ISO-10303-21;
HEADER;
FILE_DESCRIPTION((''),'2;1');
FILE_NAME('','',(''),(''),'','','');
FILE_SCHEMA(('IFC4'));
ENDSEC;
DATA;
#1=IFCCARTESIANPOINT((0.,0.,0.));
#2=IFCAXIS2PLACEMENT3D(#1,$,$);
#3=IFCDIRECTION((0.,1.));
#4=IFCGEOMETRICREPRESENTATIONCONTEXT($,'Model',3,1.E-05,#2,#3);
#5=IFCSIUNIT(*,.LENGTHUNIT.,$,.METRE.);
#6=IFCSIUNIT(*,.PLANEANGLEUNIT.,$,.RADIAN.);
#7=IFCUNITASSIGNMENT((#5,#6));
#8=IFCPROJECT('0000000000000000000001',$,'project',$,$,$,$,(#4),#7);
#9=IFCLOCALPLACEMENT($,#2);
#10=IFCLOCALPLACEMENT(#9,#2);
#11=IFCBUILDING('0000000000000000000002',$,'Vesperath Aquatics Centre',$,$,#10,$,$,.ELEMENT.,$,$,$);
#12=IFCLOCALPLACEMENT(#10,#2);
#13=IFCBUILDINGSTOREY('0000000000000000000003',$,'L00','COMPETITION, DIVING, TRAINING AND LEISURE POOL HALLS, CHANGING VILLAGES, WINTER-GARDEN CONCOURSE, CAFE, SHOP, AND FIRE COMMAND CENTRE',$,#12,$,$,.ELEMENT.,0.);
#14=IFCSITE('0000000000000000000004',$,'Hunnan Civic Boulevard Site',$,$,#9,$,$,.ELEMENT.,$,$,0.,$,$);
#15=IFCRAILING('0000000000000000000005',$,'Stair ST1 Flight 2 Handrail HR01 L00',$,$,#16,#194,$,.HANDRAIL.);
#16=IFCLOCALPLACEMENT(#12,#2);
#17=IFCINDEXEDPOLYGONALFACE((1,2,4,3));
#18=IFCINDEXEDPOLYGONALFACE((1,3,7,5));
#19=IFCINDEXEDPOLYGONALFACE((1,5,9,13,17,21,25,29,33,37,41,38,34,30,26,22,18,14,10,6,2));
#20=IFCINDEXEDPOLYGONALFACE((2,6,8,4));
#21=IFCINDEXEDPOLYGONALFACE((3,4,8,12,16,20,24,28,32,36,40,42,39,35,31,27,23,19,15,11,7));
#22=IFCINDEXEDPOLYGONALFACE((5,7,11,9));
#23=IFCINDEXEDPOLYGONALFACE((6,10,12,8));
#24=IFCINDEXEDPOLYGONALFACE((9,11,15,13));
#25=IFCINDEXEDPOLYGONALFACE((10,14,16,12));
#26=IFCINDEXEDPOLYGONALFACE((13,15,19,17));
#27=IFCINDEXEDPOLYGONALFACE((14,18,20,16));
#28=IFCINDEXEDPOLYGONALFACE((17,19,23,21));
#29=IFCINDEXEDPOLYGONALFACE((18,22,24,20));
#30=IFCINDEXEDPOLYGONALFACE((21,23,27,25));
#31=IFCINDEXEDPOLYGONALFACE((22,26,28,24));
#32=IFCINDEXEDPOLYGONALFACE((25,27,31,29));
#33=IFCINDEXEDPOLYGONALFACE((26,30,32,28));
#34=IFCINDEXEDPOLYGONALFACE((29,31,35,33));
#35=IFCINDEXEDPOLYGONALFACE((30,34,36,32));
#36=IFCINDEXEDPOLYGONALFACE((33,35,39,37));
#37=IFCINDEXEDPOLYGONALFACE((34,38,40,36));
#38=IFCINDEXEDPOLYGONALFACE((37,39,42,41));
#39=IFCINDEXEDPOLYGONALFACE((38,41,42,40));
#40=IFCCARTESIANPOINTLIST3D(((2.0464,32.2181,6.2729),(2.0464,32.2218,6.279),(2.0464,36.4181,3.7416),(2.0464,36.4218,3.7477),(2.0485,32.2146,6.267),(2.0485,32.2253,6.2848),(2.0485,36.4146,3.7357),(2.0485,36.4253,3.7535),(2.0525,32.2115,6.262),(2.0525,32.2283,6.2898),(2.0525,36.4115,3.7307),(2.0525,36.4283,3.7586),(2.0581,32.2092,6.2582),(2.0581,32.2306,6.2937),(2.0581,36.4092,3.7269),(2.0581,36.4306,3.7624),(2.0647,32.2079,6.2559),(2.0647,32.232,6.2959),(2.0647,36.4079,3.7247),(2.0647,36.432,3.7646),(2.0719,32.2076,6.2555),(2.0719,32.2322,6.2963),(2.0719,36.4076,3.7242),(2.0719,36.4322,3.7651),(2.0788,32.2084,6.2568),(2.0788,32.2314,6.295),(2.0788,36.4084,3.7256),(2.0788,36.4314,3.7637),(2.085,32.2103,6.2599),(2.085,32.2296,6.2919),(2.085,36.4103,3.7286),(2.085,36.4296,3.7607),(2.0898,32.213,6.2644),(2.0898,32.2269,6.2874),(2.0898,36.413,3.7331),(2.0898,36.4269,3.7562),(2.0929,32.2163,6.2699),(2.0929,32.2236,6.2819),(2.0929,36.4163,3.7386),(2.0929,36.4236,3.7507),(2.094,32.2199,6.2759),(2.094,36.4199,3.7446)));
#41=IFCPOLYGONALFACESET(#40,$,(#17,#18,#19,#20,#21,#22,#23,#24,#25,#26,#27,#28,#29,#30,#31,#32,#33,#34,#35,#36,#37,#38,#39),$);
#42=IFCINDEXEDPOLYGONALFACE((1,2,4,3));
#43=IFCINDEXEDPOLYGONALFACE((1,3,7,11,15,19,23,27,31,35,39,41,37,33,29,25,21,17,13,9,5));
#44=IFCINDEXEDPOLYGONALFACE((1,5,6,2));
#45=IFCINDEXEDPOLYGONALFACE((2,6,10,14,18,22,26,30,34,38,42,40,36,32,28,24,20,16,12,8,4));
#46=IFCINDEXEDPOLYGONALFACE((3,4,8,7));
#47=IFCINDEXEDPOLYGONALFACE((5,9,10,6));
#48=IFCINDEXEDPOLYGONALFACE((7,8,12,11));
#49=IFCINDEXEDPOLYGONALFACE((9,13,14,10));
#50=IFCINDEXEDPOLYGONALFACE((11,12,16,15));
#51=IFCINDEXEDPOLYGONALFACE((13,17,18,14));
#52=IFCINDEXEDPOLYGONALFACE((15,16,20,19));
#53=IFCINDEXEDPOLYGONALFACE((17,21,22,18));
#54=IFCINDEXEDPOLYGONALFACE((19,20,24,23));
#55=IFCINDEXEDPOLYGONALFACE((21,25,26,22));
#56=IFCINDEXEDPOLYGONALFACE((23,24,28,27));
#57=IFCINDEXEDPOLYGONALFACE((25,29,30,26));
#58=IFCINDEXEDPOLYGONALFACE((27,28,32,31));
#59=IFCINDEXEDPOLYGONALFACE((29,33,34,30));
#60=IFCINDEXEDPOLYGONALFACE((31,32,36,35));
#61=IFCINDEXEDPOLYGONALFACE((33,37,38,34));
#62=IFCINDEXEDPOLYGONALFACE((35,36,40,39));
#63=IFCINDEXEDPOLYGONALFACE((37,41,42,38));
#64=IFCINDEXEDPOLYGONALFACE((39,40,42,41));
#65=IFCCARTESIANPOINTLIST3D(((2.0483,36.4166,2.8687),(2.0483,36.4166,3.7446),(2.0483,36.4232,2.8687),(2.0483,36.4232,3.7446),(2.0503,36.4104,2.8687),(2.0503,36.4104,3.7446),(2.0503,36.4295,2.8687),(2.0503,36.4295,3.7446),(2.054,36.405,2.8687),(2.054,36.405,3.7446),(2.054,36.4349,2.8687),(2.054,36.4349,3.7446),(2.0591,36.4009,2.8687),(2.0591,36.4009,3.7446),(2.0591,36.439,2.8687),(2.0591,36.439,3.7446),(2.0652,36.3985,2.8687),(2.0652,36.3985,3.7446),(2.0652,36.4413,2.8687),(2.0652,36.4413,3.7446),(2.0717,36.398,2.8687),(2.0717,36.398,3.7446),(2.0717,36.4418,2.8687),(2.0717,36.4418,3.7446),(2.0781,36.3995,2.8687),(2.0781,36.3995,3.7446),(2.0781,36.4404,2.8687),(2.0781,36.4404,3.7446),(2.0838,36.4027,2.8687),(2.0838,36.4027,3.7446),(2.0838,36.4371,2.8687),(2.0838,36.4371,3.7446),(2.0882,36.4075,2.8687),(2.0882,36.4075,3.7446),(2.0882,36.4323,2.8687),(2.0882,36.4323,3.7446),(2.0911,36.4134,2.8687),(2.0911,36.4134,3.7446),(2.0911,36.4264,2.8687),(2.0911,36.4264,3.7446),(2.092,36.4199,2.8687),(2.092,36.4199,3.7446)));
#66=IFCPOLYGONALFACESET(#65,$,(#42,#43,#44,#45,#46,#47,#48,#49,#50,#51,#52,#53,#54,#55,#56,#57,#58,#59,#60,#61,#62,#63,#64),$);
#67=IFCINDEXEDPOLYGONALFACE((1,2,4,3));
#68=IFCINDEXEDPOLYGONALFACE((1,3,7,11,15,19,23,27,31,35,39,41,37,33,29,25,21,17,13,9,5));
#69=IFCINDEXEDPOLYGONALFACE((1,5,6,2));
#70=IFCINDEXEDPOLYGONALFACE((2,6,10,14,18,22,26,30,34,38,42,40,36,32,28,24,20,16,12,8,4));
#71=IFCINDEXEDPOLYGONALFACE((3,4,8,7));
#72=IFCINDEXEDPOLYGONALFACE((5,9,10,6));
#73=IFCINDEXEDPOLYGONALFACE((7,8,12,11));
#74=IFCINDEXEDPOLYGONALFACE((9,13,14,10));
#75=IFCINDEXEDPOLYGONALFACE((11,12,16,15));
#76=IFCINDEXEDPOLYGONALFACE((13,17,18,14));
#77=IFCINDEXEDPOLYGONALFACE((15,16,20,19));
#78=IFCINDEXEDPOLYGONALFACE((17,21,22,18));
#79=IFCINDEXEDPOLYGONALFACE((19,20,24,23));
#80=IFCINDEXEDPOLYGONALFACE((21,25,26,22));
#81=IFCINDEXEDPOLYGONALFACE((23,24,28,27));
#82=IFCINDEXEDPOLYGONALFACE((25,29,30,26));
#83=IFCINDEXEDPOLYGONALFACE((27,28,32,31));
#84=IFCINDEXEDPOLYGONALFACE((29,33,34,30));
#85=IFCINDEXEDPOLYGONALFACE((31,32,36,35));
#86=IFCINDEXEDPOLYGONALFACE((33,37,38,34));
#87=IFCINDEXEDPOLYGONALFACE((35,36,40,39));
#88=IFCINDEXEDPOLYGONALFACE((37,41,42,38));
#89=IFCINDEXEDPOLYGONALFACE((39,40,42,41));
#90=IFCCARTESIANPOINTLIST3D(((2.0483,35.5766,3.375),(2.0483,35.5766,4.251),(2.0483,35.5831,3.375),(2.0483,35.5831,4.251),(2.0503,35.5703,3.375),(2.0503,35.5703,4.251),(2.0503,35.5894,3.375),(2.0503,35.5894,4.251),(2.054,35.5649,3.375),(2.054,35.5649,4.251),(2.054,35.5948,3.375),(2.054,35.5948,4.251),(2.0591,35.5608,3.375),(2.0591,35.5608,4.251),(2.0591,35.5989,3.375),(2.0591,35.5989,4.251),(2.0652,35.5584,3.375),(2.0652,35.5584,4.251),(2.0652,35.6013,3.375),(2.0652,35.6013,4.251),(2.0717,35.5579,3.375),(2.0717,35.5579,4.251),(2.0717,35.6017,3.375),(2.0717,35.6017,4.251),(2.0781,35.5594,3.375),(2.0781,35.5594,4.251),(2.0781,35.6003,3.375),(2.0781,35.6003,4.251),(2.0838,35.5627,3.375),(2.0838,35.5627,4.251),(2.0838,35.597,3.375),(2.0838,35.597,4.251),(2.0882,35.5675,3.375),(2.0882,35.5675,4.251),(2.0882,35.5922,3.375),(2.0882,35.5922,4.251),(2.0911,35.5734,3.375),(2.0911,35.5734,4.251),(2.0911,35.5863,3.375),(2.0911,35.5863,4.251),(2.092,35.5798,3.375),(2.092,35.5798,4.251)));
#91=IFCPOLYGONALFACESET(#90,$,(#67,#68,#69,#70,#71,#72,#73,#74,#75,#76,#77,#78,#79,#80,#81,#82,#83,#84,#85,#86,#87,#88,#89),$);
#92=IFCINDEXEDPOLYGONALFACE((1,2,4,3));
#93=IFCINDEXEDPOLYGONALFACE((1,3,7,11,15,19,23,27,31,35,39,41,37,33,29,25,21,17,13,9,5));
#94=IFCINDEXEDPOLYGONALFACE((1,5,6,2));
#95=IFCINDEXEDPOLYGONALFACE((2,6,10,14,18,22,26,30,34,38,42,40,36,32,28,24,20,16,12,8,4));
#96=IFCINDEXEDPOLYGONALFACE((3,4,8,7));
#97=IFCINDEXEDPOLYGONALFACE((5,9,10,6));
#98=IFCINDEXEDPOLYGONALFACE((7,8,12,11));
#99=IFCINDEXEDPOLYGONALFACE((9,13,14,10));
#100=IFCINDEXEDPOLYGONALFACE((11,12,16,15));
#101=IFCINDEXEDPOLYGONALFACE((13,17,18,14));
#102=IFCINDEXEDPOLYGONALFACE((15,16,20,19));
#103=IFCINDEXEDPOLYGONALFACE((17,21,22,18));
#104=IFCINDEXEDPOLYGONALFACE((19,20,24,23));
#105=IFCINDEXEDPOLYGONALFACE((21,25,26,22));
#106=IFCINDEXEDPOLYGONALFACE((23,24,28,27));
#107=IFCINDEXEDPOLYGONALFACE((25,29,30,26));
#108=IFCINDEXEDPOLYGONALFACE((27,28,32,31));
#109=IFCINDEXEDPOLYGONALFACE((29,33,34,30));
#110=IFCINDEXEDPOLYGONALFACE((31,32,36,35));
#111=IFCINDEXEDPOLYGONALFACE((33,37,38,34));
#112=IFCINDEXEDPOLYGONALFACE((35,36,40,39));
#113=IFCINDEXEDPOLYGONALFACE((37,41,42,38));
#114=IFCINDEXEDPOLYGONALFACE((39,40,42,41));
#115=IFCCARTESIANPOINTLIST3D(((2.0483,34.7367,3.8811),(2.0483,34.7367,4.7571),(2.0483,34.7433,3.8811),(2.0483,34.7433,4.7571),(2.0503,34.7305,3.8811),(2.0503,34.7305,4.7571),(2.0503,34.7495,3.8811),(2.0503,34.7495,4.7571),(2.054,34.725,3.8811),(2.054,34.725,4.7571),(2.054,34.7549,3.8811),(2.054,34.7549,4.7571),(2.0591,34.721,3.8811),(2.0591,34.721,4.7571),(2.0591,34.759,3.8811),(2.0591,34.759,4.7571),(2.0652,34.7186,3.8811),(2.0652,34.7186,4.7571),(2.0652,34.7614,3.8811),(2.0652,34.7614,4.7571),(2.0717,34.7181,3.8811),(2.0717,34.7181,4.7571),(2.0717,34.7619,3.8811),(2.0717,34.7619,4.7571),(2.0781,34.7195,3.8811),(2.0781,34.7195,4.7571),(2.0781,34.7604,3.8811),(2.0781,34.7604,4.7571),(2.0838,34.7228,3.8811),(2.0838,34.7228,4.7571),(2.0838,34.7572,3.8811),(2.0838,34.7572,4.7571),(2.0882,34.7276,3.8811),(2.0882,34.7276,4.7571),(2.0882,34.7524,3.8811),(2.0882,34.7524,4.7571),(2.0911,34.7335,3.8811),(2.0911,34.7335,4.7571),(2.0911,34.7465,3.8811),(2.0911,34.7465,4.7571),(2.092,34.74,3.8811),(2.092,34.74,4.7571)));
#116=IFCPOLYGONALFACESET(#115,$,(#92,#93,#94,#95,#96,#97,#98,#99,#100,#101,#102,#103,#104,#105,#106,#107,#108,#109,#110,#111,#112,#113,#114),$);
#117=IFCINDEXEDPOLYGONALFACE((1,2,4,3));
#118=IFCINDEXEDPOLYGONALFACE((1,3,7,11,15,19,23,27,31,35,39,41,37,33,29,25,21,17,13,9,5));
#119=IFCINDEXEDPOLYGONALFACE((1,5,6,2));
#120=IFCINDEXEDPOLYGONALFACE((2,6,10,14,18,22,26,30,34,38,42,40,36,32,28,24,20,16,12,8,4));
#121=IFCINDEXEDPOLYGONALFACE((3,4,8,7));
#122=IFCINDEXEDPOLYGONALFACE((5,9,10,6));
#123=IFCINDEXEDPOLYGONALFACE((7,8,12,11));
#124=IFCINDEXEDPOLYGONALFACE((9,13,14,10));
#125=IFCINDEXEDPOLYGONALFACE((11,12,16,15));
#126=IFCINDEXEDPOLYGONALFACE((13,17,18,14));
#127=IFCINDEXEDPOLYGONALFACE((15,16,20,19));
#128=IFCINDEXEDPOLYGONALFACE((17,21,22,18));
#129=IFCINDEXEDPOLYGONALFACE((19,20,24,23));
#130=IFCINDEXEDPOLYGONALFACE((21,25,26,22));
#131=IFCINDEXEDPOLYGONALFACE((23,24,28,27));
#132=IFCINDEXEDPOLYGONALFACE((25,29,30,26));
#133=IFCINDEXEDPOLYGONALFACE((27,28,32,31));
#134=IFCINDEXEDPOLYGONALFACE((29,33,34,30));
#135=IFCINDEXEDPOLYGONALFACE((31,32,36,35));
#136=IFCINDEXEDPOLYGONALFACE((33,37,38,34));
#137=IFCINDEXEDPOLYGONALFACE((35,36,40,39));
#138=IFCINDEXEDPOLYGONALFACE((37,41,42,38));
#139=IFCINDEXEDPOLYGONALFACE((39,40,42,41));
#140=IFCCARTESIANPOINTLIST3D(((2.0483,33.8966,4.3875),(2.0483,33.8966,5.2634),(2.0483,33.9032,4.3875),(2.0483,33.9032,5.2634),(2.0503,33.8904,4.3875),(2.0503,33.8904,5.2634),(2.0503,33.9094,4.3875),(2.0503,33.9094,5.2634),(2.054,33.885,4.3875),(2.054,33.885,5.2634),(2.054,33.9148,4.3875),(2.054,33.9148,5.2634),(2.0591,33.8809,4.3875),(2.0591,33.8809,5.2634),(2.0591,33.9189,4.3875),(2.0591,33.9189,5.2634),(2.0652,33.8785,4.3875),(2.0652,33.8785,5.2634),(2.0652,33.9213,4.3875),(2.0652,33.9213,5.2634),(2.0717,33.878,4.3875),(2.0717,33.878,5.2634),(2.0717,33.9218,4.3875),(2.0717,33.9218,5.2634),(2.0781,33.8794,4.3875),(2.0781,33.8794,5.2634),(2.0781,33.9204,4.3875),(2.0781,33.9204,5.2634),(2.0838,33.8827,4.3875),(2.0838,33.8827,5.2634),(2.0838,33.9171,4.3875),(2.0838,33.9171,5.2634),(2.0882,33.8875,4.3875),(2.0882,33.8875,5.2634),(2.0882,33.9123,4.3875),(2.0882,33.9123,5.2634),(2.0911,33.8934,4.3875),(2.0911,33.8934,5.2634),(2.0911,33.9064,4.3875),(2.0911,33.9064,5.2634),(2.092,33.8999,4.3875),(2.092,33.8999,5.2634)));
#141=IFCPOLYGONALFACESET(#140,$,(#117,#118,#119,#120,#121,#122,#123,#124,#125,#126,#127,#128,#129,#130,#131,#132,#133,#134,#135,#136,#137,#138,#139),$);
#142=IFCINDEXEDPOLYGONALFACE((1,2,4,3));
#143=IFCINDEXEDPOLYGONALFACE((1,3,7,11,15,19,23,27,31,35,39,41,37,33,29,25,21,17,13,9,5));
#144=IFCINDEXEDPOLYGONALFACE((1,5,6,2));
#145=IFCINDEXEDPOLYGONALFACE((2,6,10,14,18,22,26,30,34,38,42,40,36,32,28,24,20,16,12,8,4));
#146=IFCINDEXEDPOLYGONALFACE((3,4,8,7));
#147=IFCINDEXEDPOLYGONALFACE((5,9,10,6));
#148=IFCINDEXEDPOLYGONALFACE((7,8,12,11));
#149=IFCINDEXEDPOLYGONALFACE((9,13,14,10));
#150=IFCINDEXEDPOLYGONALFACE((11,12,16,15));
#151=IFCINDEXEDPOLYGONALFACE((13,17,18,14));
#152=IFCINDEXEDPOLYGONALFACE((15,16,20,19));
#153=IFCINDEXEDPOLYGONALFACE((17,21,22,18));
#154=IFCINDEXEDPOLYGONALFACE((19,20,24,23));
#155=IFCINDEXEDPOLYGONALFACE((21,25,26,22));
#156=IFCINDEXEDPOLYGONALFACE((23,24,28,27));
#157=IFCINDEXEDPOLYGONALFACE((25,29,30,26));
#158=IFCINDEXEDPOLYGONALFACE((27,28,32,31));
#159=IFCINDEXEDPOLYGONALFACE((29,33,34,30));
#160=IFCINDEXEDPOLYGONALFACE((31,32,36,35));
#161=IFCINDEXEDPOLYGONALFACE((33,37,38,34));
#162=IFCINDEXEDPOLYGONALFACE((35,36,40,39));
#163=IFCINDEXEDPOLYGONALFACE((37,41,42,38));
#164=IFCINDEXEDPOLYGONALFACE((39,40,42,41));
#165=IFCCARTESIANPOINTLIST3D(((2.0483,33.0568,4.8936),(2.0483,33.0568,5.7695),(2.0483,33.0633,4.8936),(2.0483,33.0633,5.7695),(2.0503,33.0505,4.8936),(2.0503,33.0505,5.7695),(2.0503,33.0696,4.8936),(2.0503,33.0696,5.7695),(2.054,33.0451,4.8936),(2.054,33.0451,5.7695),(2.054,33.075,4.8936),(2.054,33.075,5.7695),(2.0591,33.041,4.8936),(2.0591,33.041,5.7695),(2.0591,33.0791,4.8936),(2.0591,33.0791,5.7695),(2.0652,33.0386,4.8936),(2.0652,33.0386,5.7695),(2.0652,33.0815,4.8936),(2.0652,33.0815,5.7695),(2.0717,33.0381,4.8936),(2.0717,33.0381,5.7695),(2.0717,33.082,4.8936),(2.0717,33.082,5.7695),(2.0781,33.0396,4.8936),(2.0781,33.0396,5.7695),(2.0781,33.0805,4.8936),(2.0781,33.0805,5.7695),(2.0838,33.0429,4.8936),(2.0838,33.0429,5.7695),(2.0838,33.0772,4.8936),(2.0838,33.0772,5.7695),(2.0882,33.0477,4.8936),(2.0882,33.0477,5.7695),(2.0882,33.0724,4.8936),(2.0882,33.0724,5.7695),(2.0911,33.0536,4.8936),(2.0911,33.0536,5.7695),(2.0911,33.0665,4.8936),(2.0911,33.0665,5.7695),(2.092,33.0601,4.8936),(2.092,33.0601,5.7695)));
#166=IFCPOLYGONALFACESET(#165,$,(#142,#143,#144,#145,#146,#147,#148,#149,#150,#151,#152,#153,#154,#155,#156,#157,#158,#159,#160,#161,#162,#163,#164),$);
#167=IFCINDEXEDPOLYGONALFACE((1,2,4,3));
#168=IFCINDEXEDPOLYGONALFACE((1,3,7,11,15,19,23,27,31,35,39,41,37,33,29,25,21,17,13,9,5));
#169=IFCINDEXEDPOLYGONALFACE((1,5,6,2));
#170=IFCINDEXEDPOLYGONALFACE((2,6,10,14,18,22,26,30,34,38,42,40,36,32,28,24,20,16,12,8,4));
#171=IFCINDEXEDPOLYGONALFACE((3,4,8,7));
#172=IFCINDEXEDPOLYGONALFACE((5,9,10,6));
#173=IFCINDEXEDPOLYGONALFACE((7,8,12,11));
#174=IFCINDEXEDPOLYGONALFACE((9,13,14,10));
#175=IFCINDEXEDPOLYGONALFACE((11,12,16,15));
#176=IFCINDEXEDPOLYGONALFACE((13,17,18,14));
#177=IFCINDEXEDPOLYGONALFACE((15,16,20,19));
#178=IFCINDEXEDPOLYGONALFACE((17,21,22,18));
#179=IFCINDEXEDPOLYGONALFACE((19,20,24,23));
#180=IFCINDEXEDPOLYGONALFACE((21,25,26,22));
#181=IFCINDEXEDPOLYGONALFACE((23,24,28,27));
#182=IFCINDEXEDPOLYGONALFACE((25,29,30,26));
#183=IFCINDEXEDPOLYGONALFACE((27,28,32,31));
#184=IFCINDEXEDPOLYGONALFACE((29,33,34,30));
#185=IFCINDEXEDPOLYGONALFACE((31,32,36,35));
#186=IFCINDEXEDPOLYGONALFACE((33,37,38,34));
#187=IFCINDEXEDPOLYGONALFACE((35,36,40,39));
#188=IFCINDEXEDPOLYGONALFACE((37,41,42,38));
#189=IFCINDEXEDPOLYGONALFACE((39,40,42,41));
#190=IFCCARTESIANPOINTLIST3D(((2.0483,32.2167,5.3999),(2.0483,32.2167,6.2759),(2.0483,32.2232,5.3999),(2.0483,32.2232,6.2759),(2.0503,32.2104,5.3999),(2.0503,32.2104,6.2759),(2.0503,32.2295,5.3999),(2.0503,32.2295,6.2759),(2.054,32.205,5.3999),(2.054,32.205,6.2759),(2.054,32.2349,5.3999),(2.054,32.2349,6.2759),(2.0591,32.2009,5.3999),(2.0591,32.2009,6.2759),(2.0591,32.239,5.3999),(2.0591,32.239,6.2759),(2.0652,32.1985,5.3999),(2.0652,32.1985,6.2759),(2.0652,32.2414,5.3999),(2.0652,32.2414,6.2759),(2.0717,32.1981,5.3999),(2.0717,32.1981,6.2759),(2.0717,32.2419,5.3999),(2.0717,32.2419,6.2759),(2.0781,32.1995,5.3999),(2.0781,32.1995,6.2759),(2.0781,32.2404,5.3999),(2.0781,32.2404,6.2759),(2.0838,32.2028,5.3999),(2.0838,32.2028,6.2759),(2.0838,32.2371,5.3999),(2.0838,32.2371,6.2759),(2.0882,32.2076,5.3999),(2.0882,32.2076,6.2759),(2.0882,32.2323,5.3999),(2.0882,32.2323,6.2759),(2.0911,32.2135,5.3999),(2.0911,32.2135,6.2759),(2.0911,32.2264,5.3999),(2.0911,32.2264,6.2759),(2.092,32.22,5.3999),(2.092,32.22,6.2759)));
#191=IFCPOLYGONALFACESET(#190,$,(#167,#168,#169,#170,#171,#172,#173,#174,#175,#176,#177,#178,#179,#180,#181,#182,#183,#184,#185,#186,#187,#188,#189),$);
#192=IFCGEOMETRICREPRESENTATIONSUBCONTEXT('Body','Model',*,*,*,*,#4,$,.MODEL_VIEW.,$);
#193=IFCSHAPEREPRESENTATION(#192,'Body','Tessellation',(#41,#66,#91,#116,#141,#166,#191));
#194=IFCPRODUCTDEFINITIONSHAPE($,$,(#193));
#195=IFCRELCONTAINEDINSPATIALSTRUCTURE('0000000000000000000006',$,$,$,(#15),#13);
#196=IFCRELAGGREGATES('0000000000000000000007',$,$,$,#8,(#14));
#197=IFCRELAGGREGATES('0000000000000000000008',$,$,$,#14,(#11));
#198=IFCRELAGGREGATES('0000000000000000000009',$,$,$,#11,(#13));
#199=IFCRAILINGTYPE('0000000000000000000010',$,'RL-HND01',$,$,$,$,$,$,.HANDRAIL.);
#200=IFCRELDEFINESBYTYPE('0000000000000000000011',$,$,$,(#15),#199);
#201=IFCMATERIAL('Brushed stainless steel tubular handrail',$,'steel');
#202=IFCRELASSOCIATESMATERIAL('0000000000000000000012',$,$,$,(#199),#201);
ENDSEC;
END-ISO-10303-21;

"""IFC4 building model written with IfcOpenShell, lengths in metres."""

from ifc_helpers import new_model, si_unit, direction, frame, origin, origin_2d, place, context, subcontext, project, spatial, circle, extrude, material, type_object, element, save


model = new_model("IFC4")

# Units and contexts
model_context = context("Model", 3, precision=1e-05, world=origin(), true_north=direction((0.0, 1.0)))
body_context = subcontext(model_context, "Body", "Model", "MODEL_VIEW")
ifc_project = project(units=[si_unit("LENGTHUNIT", "METRE"), si_unit("PLANEANGLEUNIT", "RADIAN")], contexts=[model_context])

# Site, building, storey
site_placement = place(None, origin())
site = spatial("IfcSite", under=ifc_project, at=site_placement, Name="Hunnan Civic Boulevard Site", CompositionType="ELEMENT", RefElevation=0.0)
building_placement = place(site_placement, origin())
building = spatial("IfcBuilding", under=site, at=building_placement, Name="Vesperath Aquatics Centre", CompositionType="ELEMENT")
storey_placement = place(building_placement, origin())
storey = spatial("IfcBuildingStorey", under=building, at=storey_placement, Name="L00", Description="COMPETITION, DIVING, TRAINING AND LEISURE POOL HALLS, CHANGING VILLAGES, WINTER-GARDEN CONCOURSE, CAFE, SHOP, AND FIRE COMMAND CENTRE", CompositionType="ELEMENT", Elevation=0.0)

# Railing
ifc_material_1 = material(Name="Brushed stainless steel tubular handrail", Category="steel")
railing_type_1 = type_object("IfcRailingType", Name="RL-HND01", PredefinedType="HANDRAIL", material=ifc_material_1)
railing_1_placement = place(storey_placement, frame((2.0701, 36.4199, 2.8687)))
element("IfcRailing", 1, at=railing_1_placement, inside=storey, type_object=railing_type_1, Name="Stair ST1 Flight 2 Handrail HR01 L00", PredefinedType="HANDRAIL", context=body_context, shape_type="SweptSolid", body=[
    extrude(circle(Radius=0.0239, at=origin_2d()), frame((0.0, 0.0, 0.876), z_axis=(0.0, -0.856476, 0.516186), x_axis=(1.0, 0.0, 0.0)), (0.0, 0.0, 1.0), 4.9038),
    extrude(circle(Radius=0.022, at=origin_2d()), origin(), (0.0, 0.0, 1.0), 0.876),
    extrude(circle(Radius=0.022, at=origin_2d()), frame((0.0, -0.8401, 0.5063)), (0.0, 0.0, 1.0), 0.876),
    extrude(circle(Radius=0.022, at=origin_2d()), frame((0.0, -1.6799, 1.0125)), (0.0, 0.0, 1.0), 0.876),
    extrude(circle(Radius=0.022, at=origin_2d()), frame((0.0, -2.52, 1.5188)), (0.0, 0.0, 1.0), 0.876),
    extrude(circle(Radius=0.022, at=origin_2d()), frame((0.0, -3.3599, 2.0249)), (0.0, 0.0, 1.0), 0.876),
    extrude(circle(Radius=0.022, at=origin_2d()), frame((0.0, -4.2, 2.5312)), (0.0, 0.0, 1.0), 0.876),
])

save(model, "model.ifc")
